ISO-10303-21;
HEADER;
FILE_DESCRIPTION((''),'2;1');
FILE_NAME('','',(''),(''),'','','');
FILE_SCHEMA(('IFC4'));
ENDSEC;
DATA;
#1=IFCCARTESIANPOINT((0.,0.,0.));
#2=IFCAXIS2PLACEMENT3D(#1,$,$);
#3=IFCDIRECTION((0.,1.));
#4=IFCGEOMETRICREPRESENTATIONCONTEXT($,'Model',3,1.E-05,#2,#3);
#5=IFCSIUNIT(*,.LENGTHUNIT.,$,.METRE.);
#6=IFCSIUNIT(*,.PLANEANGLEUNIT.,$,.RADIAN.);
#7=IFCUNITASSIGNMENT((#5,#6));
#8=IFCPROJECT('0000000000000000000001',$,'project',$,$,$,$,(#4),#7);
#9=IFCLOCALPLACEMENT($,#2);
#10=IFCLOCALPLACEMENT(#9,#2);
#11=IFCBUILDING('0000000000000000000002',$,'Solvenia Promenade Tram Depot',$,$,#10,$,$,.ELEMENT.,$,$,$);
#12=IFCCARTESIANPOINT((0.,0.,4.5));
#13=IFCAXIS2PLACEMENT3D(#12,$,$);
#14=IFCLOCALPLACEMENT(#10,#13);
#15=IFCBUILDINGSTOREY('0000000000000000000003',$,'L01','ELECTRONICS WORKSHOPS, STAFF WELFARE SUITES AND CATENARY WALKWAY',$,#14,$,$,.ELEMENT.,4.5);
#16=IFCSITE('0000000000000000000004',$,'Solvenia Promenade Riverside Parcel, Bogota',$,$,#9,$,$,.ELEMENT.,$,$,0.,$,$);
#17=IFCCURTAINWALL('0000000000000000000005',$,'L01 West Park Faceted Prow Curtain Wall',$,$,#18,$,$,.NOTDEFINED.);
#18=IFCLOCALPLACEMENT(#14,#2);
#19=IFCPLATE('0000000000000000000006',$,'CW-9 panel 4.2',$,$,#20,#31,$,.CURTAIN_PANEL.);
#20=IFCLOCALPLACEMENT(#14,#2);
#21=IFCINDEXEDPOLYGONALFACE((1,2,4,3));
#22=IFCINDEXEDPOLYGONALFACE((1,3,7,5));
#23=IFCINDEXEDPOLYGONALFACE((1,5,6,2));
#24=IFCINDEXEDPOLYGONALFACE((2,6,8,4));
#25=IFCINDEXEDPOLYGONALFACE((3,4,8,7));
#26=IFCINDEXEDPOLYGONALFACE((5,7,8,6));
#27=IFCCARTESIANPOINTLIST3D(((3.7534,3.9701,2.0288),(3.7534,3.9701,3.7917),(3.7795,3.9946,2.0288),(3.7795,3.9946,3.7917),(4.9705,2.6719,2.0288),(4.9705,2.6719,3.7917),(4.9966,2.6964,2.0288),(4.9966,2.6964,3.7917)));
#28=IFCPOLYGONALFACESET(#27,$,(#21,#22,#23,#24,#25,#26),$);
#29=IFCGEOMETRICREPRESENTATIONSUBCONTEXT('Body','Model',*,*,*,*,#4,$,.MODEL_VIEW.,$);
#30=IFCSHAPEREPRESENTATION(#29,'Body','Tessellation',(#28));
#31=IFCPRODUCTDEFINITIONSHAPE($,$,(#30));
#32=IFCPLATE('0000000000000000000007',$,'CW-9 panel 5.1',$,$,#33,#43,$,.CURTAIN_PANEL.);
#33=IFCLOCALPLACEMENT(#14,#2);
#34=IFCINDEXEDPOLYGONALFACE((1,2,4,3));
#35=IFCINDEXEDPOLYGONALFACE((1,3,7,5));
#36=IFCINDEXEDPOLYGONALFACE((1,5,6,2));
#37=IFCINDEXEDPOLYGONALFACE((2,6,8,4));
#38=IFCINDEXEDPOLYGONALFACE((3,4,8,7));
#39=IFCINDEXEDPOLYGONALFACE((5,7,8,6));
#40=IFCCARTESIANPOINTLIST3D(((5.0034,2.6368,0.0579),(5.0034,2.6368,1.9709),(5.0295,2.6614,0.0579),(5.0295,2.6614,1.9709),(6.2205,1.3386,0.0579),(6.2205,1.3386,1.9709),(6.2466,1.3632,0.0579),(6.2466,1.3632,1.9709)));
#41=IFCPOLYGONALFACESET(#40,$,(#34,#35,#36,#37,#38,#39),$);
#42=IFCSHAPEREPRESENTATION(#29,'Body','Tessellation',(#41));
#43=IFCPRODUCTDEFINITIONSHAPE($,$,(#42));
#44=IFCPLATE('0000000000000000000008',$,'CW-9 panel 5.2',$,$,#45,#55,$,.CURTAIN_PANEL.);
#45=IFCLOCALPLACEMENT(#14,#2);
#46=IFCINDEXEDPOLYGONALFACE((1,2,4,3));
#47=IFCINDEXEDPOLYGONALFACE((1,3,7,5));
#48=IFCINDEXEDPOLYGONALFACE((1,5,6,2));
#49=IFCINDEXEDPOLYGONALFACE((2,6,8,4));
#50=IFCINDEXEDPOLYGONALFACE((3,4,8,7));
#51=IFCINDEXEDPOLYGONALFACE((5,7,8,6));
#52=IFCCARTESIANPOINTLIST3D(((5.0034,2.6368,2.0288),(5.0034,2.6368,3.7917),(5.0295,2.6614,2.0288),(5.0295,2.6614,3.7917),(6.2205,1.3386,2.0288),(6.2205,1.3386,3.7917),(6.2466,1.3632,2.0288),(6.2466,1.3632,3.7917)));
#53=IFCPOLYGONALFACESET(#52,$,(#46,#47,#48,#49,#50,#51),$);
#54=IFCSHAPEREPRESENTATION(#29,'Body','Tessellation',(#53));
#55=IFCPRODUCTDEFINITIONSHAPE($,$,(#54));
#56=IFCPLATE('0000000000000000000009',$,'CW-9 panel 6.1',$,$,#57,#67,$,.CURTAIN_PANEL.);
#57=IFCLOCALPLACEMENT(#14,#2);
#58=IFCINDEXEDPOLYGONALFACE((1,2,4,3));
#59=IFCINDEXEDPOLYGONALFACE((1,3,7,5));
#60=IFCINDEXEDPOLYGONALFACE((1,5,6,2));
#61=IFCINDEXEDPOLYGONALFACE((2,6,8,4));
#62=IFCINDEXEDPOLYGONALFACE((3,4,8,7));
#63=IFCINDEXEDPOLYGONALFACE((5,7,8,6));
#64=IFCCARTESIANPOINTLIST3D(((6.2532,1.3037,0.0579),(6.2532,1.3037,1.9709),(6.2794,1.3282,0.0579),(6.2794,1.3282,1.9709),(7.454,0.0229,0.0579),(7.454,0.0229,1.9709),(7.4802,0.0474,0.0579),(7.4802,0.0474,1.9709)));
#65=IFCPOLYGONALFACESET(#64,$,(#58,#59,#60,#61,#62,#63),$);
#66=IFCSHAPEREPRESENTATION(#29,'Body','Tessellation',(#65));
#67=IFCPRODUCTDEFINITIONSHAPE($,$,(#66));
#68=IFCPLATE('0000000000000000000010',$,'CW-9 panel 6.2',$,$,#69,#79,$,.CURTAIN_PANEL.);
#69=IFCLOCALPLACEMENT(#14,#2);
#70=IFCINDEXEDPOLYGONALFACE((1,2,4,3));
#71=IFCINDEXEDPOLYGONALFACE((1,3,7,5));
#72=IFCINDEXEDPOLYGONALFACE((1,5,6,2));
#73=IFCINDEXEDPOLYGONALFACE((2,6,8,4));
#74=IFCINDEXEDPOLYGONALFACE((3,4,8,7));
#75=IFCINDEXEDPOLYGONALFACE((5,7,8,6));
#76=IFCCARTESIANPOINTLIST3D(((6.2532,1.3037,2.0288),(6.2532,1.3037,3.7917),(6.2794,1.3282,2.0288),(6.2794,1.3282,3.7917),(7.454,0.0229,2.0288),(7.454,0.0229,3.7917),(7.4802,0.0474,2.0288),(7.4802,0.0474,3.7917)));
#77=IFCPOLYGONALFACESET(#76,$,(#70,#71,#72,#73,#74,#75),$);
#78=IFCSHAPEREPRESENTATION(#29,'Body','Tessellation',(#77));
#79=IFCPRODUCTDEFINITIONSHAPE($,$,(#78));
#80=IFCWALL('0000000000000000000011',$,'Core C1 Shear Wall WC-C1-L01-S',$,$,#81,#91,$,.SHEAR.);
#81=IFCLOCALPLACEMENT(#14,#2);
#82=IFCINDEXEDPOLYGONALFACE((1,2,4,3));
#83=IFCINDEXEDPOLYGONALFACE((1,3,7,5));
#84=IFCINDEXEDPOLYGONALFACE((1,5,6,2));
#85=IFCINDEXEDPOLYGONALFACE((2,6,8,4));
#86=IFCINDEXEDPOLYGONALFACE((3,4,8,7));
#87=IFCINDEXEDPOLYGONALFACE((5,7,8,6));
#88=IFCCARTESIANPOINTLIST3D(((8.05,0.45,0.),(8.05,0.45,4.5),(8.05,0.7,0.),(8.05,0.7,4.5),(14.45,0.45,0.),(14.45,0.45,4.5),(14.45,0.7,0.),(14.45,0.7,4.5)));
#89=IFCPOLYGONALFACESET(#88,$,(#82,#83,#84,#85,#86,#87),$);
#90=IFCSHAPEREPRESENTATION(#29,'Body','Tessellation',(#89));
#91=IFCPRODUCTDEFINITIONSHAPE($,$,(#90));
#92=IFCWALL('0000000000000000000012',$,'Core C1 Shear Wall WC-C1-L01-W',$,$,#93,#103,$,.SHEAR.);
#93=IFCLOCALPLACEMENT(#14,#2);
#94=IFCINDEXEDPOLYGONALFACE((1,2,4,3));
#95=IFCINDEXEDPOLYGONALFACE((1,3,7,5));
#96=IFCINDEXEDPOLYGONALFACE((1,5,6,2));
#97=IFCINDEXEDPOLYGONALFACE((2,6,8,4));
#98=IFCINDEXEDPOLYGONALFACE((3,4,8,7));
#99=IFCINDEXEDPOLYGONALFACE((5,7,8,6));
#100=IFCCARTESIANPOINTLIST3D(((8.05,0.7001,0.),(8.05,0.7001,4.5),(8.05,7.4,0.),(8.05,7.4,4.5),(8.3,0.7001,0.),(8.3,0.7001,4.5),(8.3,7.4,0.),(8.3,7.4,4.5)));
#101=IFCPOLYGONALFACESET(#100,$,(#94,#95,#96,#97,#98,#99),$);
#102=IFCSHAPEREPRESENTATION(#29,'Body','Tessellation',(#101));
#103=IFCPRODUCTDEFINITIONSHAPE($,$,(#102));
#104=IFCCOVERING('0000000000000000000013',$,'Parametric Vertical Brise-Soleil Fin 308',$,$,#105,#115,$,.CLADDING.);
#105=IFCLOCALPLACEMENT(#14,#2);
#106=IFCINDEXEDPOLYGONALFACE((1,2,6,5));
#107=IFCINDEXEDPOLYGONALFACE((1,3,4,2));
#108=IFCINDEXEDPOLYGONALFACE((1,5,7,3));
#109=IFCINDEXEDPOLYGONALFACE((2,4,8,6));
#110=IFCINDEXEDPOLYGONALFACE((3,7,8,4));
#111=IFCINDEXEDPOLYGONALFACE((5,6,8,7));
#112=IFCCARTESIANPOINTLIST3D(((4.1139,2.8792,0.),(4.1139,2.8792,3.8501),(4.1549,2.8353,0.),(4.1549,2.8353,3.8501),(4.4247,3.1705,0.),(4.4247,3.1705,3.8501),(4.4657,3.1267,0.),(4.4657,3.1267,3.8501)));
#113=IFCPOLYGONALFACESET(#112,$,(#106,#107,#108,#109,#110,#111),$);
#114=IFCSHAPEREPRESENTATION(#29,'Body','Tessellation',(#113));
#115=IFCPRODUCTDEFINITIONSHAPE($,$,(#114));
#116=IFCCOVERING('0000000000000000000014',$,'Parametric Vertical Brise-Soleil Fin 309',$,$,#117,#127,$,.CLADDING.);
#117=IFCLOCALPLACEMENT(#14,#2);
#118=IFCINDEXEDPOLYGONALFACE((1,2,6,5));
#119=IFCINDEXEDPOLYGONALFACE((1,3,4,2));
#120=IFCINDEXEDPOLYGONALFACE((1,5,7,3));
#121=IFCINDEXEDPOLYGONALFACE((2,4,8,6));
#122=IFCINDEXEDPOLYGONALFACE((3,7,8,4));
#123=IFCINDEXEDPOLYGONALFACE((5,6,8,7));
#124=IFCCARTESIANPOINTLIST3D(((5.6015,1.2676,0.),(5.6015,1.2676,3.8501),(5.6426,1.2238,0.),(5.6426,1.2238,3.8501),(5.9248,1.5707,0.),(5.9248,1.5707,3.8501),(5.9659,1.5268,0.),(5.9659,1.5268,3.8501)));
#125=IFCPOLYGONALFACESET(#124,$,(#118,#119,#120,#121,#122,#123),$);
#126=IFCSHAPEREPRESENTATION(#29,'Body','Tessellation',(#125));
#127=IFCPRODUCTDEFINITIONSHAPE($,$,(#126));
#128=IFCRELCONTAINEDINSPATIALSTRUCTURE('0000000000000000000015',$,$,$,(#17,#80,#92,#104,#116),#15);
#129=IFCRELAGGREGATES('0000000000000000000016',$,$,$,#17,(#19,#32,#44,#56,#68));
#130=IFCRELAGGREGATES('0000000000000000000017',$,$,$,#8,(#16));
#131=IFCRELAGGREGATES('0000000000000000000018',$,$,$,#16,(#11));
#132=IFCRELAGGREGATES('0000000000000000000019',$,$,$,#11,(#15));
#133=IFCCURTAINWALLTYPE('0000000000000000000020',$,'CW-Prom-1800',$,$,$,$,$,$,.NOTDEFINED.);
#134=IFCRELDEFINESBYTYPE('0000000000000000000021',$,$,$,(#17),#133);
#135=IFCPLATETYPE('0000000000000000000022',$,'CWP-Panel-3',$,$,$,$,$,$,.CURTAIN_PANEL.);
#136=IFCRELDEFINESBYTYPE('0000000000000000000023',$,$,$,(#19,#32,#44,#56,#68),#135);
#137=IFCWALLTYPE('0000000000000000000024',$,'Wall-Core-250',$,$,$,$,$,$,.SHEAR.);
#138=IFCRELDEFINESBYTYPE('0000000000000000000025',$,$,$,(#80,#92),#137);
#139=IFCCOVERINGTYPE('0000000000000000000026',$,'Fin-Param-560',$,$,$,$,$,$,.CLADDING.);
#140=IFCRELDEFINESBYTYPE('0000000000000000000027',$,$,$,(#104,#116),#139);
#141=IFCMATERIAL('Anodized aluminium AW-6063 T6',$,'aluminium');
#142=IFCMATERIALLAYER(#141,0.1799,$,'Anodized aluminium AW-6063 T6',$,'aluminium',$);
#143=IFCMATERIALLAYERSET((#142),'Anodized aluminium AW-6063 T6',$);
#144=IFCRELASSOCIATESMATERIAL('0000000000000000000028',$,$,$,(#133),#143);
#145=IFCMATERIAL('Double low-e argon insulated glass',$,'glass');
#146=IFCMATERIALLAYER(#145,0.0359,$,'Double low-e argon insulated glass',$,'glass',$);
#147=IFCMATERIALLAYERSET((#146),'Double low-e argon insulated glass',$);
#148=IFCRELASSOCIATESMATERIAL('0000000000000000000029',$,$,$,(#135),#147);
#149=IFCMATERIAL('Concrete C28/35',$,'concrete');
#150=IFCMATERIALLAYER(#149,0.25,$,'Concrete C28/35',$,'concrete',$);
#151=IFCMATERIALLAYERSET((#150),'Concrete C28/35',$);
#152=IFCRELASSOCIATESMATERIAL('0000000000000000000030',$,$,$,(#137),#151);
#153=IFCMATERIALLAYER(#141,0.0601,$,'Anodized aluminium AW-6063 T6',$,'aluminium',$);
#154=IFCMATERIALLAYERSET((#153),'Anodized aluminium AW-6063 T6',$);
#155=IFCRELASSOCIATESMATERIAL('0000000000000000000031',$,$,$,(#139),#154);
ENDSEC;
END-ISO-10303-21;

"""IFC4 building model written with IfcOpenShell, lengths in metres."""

from ifc_helpers import new_model, si_unit, direction, frame, frame_2d, origin, origin_2d, place, context, subcontext, project, spatial, rectangle, extrude, material, layer, layer_set, type_object, element, aggregate, save


model = new_model("IFC4")

# Units and contexts
model_context = context("Model", 3, precision=1e-05, world=origin(), true_north=direction((0.0, 1.0)))
body_context = subcontext(model_context, "Body", "Model", "MODEL_VIEW")
ifc_project = project(units=[si_unit("LENGTHUNIT", "METRE"), si_unit("PLANEANGLEUNIT", "RADIAN")], contexts=[model_context])

# Site, building, storey
site_placement = place(None, origin())
site = spatial("IfcSite", under=ifc_project, at=site_placement, Name="Solvenia Promenade Riverside Parcel, Bogota", CompositionType="ELEMENT", RefElevation=0.0)
building_placement = place(site_placement, origin())
building = spatial("IfcBuilding", under=site, at=building_placement, Name="Solvenia Promenade Tram Depot", CompositionType="ELEMENT")
storey_placement = place(building_placement, frame((0.0, 0.0, 4.5)))
storey = spatial("IfcBuildingStorey", under=building, at=storey_placement, Name="L01", Description="ELECTRONICS WORKSHOPS, STAFF WELFARE SUITES AND CATENARY WALKWAY", CompositionType="ELEMENT", Elevation=4.5)

# Curtain wall
ifc_material_1 = material(Name="Anodized aluminium AW-6063 T6", Category="aluminium")
ifc_layer_1 = layer(ifc_material_1, 0.1799, Name="Anodized aluminium AW-6063 T6", Category="aluminium")
ifc_layer_set_1 = layer_set([ifc_layer_1], Name="Anodized aluminium AW-6063 T6")
curtain_wall_type = type_object("IfcCurtainWallType", Name="CW-Prom-1800", PredefinedType="NOTDEFINED", material=ifc_layer_set_1)
curtain_wall_placement = place(storey_placement, origin())
curtain_wall = element("IfcCurtainWall", 1, at=curtain_wall_placement, inside=storey, type_object=curtain_wall_type, Name="L01 West Park Faceted Prow Curtain Wall", PredefinedType="NOTDEFINED")

# Plates
ifc_material_2 = material(Name="Double low-e argon insulated glass", Category="glass")
ifc_layer_2 = layer(ifc_material_2, 0.0359, Name="Double low-e argon insulated glass", Category="glass")
ifc_layer_set_2 = layer_set([ifc_layer_2], Name="Double low-e argon insulated glass")
plate_type = type_object("IfcPlateType", Name="CWP-Panel-3", PredefinedType="CURTAIN_PANEL", material=ifc_layer_set_2)
plate_1_placement = place(storey_placement, frame((4.375, 3.3333, 2.0288), z_axis=(0.0, 0.0, 1.0), x_axis=(0.683941, -0.729537, 0.0)))
plate_1 = element("IfcPlate", 2, at=plate_1_placement, type_object=plate_type, Name="CW-9 panel 4.2", PredefinedType="CURTAIN_PANEL", context=body_context, shape_type="SweptSolid", body=[
    extrude(rectangle(XDim=1.7795, YDim=0.0359, at=origin_2d()), origin(), (0.0, 0.0, 1.0), 1.7629),
])
plate_2_placement = place(storey_placement, frame((5.625, 2.0, 0.0579), z_axis=(0.0, 0.0, 1.0), x_axis=(0.683941, -0.729537, 0.0)))
plate_2 = element("IfcPlate", 3, at=plate_2_placement, type_object=plate_type, Name="CW-9 panel 5.1", PredefinedType="CURTAIN_PANEL", context=body_context, shape_type="SweptSolid", body=[
    extrude(rectangle(XDim=1.7795, YDim=0.0359, at=origin_2d()), origin(), (0.0, 0.0, 1.0), 1.9131),
])
plate_3_placement = place(storey_placement, frame((5.625, 2.0, 2.0288), z_axis=(0.0, 0.0, 1.0), x_axis=(0.683941, -0.729537, 0.0)))
plate_3 = element("IfcPlate", 4, at=plate_3_placement, type_object=plate_type, Name="CW-9 panel 5.2", PredefinedType="CURTAIN_PANEL", context=body_context, shape_type="SweptSolid", body=[
    extrude(rectangle(XDim=1.7795, YDim=0.0359, at=origin_2d()), origin(), (0.0, 0.0, 1.0), 1.7629),
])
plate_4_placement = place(storey_placement, frame((6.8667, 0.6755, 0.0579), z_axis=(0.0, 0.0, 1.0), x_axis=(0.683941, -0.729537, 0.0)))
plate_4 = element("IfcPlate", 5, at=plate_4_placement, type_object=plate_type, Name="CW-9 panel 6.1", PredefinedType="CURTAIN_PANEL", context=body_context, shape_type="SweptSolid", body=[
    extrude(rectangle(XDim=1.7556, YDim=0.0359, at=origin_2d()), origin(), (0.0, 0.0, 1.0), 1.9131),
])
plate_5_placement = place(storey_placement, frame((6.8667, 0.6755, 2.0288), z_axis=(0.0, 0.0, 1.0), x_axis=(0.683941, -0.729537, 0.0)))
plate_5 = element("IfcPlate", 6, at=plate_5_placement, type_object=plate_type, Name="CW-9 panel 6.2", PredefinedType="CURTAIN_PANEL", context=body_context, shape_type="SweptSolid", body=[
    extrude(rectangle(XDim=1.7556, YDim=0.0359, at=origin_2d()), origin(), (0.0, 0.0, 1.0), 1.7629),
])
aggregate(curtain_wall, [plate_1, plate_2, plate_3, plate_4, plate_5])

# Wall
ifc_material_3 = material(Name="Concrete C28/35", Category="concrete")
ifc_layer_3 = layer(ifc_material_3, 0.25, Name="Concrete C28/35", Category="concrete")
ifc_layer_set_3 = layer_set([ifc_layer_3], Name="Concrete C28/35")
wall_type = type_object("IfcWallType", Name="Wall-Core-250", PredefinedType="SHEAR", material=ifc_layer_set_3)
wall_1_placement = place(storey_placement, frame((8.05, 0.575, 0.0), z_axis=(0.0, 0.0, 1.0), x_axis=(1.0, 0.0, 0.0)))
element("IfcWall", 7, at=wall_1_placement, inside=storey, type_object=wall_type, Name="Core C1 Shear Wall WC-C1-L01-S", PredefinedType="SHEAR", context=body_context, shape_type="SweptSolid", body=[
    extrude(rectangle(XDim=6.3999, YDim=0.25, at=frame_2d((3.2, 0.0))), origin(), (0.0, 0.0, 1.0), 4.5),
])

# Wall
wall_2_placement = place(storey_placement, frame((8.175, 0.7, 0.0), z_axis=(0.0, 0.0, 1.0), x_axis=(0.0, 1.0, 0.0)))
element("IfcWall", 8, at=wall_2_placement, inside=storey, type_object=wall_type, Name="Core C1 Shear Wall WC-C1-L01-W", PredefinedType="SHEAR", context=body_context, shape_type="SweptSolid", body=[
    extrude(rectangle(XDim=6.7, YDim=0.25, at=frame_2d((3.3501, 0.0))), origin(), (0.0, 0.0, 1.0), 4.5),
])

# Coverings
ifc_layer_4 = layer(ifc_material_1, 0.0601, Name="Anodized aluminium AW-6063 T6", Category="aluminium")
ifc_layer_set_4 = layer_set([ifc_layer_4], Name="Anodized aluminium AW-6063 T6")
covering_type = type_object("IfcCoveringType", Name="Fin-Param-560", PredefinedType="CLADDING", material=ifc_layer_set_4)
covering_1_placement = place(storey_placement, frame((4.2898, 3.0029, 0.0), z_axis=(0.0, 0.0, 1.0), x_axis=(0.683911, -0.729566, 0.0)))
element("IfcCovering", 9, at=covering_1_placement, inside=storey, type_object=covering_type, Name="Parametric Vertical Brise-Soleil Fin 308", PredefinedType="CLADDING", context=body_context, shape_type="SweptSolid", body=[
    extrude(rectangle(XDim=0.0601, YDim=0.426, at=origin_2d()), origin(), (0.0, 0.0, 1.0), 3.8501),
])
covering_2_placement = place(storey_placement, frame((5.7837, 1.3972, 0.0), z_axis=(0.0, 0.0, 1.0), x_axis=(0.683911, -0.729566, 0.0)))
element("IfcCovering", 10, at=covering_2_placement, inside=storey, type_object=covering_type, Name="Parametric Vertical Brise-Soleil Fin 309", PredefinedType="CLADDING", context=body_context, shape_type="SweptSolid", body=[
    extrude(rectangle(XDim=0.0601, YDim=0.4431, at=origin_2d()), origin(), (0.0, 0.0, 1.0), 3.8501),
])

save(model, "model.ifc")
